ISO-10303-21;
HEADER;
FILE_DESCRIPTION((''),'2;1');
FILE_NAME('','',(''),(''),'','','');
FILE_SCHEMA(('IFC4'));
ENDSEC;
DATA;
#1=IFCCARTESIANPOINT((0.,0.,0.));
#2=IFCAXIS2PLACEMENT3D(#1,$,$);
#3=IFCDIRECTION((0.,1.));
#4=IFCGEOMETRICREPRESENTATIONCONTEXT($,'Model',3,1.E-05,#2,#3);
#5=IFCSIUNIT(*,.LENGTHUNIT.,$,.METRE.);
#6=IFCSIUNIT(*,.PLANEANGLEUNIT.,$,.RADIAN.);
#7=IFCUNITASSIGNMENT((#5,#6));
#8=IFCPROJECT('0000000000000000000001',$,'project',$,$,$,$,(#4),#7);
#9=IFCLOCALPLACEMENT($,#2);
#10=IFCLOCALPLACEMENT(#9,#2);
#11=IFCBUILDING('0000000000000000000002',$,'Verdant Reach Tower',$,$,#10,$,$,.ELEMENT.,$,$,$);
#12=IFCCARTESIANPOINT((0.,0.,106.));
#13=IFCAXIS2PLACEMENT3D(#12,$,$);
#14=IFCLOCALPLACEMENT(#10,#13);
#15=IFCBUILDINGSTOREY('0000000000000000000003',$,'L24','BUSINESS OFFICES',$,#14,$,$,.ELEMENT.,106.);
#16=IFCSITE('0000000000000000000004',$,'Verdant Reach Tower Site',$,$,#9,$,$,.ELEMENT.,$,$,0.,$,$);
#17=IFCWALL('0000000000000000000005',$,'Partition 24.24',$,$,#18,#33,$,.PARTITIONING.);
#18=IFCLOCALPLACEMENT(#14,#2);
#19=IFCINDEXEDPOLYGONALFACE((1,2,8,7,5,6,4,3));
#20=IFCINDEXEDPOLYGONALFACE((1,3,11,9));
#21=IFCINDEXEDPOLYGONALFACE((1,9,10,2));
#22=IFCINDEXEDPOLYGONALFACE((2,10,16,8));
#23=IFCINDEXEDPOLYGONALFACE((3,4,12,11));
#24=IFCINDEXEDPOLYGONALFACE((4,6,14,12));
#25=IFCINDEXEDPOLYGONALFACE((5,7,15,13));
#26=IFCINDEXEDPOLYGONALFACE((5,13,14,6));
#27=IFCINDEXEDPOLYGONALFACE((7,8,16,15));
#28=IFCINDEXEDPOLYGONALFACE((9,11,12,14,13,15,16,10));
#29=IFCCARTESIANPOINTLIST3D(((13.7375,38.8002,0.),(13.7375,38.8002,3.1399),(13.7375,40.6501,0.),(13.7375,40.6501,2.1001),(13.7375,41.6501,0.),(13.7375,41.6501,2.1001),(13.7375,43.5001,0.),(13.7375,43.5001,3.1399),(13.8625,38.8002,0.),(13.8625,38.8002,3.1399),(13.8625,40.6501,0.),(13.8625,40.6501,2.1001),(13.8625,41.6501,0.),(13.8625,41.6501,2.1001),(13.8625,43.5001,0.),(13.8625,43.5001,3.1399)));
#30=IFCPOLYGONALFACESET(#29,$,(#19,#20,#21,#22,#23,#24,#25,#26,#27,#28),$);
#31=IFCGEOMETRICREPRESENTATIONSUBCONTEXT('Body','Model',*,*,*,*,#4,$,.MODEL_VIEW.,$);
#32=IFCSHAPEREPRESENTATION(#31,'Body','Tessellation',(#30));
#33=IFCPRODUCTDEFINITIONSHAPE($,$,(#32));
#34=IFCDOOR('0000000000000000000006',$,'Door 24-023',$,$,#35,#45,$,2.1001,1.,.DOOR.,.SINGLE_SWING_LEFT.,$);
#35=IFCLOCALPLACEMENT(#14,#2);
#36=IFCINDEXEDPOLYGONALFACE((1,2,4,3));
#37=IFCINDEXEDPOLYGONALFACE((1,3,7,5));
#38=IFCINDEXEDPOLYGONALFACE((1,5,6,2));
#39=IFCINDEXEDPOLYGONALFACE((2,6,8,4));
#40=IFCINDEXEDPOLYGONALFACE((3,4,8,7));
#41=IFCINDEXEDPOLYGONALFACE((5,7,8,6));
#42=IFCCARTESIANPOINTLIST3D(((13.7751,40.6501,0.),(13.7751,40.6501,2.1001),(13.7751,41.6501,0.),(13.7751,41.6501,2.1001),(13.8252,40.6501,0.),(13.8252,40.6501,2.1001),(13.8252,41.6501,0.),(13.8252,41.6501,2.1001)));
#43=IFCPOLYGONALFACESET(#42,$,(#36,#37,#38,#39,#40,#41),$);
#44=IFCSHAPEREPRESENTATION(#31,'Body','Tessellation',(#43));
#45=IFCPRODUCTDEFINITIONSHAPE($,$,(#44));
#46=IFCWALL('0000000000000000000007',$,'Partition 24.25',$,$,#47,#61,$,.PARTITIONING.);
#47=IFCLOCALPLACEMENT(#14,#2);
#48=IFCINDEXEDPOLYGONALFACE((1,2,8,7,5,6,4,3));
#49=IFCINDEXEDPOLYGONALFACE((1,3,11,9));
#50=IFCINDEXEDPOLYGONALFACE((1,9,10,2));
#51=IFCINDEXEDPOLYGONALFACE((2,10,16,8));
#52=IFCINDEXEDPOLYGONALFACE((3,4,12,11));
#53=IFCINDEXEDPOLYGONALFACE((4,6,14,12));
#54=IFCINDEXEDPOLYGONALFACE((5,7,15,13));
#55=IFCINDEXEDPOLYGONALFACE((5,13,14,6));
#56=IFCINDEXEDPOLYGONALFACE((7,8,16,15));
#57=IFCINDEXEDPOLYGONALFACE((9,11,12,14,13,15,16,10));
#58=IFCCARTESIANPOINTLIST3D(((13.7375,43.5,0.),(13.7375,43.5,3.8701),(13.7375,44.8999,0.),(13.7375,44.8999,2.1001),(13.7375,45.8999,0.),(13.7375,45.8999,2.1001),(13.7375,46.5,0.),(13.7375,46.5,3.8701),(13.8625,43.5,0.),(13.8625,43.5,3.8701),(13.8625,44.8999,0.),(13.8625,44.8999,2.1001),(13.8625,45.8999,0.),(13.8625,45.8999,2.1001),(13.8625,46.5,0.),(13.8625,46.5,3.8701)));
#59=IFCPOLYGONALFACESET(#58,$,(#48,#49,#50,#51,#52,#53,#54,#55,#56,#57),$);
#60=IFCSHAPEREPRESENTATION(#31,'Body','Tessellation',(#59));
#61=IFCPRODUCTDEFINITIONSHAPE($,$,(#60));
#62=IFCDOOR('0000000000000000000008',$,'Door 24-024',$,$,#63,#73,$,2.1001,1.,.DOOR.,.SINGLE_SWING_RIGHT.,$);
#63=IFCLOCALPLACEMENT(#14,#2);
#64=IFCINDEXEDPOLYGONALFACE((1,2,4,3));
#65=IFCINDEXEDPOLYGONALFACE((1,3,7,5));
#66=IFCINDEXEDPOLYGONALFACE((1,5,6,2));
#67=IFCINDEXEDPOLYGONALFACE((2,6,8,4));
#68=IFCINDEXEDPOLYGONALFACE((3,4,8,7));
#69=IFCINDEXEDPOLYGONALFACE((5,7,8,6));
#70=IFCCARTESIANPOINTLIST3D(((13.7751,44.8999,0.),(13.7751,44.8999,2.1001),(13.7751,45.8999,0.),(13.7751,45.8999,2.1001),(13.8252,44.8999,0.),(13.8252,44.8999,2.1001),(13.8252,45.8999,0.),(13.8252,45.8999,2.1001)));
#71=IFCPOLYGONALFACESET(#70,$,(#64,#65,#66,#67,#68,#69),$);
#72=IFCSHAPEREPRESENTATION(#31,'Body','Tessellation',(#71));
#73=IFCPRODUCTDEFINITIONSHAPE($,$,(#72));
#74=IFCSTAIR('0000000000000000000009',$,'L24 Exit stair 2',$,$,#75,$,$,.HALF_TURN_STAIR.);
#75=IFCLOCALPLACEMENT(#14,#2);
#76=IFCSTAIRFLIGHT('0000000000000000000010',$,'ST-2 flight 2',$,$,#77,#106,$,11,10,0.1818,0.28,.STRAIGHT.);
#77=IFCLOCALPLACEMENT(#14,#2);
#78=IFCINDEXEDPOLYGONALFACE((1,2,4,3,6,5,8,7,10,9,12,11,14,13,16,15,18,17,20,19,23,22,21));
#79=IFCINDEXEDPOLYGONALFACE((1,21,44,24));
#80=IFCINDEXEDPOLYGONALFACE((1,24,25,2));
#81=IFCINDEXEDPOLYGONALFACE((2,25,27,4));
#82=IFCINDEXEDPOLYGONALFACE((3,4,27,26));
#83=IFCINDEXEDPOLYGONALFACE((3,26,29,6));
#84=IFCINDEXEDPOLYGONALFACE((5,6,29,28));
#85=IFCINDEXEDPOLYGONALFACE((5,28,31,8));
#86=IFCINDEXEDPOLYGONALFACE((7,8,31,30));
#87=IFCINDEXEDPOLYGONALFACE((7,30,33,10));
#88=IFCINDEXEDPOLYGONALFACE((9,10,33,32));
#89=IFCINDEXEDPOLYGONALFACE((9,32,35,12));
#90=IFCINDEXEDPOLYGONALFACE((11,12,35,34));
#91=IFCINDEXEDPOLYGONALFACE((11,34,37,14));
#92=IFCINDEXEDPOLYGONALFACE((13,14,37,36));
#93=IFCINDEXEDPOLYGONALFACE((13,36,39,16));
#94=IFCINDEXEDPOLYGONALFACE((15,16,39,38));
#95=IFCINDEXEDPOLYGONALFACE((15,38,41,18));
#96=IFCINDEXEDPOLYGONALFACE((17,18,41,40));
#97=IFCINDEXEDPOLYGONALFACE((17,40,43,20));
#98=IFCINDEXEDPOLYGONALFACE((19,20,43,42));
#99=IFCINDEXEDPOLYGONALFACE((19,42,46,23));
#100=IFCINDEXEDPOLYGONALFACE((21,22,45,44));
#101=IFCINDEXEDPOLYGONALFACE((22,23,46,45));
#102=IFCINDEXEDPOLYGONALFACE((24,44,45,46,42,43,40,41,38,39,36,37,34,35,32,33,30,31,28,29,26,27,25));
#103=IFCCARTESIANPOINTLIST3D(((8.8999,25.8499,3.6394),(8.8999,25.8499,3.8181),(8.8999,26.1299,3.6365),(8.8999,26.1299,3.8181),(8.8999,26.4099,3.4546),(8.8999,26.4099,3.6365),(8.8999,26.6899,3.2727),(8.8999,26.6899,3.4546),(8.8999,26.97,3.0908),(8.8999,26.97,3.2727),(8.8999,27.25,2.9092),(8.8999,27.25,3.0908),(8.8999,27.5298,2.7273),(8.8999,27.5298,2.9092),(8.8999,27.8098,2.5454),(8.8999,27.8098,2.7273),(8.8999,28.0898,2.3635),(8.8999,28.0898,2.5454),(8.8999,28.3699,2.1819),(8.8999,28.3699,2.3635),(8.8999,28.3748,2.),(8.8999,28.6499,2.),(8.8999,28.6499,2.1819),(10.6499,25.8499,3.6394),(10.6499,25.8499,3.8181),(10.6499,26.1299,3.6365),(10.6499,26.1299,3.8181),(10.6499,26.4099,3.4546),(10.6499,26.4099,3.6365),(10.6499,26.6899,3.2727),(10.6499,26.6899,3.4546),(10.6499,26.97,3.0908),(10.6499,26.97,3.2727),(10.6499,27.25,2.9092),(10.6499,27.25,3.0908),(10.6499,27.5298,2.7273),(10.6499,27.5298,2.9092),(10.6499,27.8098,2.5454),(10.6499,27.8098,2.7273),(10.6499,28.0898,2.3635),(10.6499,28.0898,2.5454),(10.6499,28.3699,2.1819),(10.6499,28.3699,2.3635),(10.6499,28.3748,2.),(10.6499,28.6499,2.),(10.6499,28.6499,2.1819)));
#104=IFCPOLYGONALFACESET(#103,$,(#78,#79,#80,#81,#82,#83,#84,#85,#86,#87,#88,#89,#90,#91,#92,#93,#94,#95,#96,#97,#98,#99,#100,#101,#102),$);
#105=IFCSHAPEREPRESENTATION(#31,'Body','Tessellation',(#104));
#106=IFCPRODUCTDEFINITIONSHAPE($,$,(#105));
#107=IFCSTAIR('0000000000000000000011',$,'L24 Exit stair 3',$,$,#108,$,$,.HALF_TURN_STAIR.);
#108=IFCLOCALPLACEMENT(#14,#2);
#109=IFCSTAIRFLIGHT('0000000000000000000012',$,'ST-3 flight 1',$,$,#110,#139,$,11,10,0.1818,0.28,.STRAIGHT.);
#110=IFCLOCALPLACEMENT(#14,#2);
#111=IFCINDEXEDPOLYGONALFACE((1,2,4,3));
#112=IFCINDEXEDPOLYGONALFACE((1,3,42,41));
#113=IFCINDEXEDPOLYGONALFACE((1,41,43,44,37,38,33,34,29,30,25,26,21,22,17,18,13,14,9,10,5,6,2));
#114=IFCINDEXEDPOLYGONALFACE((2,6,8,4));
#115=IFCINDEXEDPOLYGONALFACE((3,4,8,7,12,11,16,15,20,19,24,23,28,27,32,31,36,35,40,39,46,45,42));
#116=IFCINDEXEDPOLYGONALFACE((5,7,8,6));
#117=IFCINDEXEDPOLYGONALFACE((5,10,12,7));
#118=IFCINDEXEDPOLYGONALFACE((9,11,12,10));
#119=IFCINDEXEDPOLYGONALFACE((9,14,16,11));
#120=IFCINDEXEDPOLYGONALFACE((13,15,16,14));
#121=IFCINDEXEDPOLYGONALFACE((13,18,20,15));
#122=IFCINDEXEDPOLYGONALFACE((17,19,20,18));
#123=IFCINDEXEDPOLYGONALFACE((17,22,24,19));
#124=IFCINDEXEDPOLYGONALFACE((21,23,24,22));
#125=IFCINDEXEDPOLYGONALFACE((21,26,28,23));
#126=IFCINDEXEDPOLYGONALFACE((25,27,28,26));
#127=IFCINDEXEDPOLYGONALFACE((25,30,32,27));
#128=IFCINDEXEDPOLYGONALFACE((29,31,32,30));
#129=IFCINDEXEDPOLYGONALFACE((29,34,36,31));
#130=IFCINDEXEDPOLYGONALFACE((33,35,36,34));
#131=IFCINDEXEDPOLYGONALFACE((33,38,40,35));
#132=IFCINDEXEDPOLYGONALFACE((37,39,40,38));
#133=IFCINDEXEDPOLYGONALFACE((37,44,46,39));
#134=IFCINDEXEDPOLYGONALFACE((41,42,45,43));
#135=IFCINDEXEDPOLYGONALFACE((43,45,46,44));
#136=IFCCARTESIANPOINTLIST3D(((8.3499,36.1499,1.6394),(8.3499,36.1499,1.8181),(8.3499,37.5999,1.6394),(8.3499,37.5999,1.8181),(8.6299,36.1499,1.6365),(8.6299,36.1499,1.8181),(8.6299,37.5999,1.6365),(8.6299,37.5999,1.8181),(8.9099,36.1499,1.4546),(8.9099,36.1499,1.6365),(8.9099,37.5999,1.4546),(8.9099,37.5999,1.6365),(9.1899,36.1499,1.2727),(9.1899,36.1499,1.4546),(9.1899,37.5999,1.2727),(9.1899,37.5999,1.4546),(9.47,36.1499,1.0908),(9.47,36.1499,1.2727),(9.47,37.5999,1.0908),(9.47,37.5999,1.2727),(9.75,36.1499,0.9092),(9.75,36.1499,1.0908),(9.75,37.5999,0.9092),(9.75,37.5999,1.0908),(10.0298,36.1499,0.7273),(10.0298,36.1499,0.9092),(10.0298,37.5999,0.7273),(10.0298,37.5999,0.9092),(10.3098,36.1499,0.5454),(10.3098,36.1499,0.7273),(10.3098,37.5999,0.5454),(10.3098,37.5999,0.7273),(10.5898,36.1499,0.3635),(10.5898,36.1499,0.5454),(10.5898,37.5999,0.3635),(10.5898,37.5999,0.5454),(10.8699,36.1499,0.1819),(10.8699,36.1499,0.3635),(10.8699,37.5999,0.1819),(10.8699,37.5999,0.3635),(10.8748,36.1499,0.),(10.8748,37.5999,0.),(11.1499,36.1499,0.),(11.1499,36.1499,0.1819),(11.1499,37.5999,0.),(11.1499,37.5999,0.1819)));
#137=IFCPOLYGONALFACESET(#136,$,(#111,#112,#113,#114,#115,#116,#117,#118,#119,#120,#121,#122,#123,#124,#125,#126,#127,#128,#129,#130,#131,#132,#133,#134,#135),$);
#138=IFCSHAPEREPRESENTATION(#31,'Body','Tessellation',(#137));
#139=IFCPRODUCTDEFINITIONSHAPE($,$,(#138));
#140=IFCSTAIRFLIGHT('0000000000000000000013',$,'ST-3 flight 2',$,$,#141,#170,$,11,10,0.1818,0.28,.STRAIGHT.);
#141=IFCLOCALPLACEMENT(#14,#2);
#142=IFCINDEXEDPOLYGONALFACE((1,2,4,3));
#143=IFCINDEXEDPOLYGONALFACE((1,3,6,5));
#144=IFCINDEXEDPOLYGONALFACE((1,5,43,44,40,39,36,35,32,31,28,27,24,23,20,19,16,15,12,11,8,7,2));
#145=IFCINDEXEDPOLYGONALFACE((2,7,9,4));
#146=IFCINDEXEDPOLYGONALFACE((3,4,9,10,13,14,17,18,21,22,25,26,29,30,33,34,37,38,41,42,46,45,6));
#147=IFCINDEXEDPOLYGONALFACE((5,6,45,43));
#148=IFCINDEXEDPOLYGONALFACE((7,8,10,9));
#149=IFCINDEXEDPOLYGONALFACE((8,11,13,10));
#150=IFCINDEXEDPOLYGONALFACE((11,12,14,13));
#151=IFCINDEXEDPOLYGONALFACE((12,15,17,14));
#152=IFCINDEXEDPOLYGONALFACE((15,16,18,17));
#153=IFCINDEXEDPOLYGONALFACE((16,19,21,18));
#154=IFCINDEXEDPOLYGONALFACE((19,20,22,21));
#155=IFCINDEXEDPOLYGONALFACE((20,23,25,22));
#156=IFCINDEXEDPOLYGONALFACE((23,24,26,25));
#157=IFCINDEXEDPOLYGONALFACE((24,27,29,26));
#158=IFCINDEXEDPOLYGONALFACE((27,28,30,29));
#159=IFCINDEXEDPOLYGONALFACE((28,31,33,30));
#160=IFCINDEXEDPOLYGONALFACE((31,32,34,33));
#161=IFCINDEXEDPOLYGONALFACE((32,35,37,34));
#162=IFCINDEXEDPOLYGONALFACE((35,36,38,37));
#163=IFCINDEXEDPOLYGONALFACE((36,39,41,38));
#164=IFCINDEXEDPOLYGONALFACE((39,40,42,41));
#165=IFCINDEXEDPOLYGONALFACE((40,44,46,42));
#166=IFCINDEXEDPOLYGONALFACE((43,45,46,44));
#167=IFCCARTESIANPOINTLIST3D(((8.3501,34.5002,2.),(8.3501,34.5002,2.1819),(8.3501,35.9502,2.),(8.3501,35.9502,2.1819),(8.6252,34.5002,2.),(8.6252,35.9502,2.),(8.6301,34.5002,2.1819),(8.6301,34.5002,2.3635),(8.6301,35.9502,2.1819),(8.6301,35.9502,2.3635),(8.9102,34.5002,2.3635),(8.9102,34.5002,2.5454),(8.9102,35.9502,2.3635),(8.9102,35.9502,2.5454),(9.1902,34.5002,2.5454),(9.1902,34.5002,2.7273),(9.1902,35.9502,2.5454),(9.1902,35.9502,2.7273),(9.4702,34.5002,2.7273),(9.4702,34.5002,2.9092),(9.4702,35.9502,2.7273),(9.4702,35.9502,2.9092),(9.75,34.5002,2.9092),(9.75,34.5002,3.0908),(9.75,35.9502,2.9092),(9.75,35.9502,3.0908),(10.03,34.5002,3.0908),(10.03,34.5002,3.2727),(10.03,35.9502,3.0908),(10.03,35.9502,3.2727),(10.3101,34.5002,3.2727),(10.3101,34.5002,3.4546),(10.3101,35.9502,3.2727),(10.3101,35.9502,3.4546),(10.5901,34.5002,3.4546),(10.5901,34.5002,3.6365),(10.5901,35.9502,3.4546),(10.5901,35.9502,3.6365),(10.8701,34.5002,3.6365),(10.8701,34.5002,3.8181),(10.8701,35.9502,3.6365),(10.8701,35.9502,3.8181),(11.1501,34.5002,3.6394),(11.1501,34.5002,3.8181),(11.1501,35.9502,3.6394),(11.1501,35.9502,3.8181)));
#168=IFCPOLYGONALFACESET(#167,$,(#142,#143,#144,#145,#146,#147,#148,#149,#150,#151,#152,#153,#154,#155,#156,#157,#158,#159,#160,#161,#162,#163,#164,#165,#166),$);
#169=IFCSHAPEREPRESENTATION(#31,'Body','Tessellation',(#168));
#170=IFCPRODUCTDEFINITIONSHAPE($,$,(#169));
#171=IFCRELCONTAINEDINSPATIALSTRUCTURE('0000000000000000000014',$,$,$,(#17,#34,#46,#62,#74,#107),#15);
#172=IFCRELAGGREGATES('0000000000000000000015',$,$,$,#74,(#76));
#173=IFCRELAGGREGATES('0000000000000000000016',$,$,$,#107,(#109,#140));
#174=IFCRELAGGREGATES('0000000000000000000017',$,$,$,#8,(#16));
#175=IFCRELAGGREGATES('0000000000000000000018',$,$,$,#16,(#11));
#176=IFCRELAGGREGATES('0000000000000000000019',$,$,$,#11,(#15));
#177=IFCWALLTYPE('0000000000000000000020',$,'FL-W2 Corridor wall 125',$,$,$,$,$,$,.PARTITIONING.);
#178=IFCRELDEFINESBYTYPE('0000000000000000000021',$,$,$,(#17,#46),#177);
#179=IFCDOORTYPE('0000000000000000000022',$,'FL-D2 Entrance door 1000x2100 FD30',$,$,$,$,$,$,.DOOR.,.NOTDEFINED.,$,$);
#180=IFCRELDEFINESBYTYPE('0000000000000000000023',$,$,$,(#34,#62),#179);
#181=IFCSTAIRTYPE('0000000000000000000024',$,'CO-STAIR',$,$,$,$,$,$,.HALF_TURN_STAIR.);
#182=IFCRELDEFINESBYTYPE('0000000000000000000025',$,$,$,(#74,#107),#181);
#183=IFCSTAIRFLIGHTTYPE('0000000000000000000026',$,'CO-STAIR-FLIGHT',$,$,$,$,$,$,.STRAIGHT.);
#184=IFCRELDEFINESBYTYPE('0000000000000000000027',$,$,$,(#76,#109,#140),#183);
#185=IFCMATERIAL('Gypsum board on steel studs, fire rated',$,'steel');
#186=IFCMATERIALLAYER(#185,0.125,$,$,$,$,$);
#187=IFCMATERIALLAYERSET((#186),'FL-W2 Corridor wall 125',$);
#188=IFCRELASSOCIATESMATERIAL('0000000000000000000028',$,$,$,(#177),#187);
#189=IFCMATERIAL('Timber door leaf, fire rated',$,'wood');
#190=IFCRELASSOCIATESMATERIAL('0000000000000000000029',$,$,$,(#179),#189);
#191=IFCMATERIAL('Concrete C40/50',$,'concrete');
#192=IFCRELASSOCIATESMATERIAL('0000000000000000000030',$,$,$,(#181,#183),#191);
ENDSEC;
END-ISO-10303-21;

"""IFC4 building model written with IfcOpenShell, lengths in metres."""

from ifc_helpers import new_model, si_unit, direction, frame, frame_2d, origin, place, context, subcontext, project, spatial, polyline, rectangle, outline, extrude, material, layer, layer_set, type_object, element, fill, aggregate, save


model = new_model("IFC4")

# Units and contexts
model_context = context("Model", 3, precision=1e-05, world=origin(), true_north=direction((0.0, 1.0)))
body_context = subcontext(model_context, "Body", "Model", "MODEL_VIEW")
ifc_project = project(units=[si_unit("LENGTHUNIT", "METRE"), si_unit("PLANEANGLEUNIT", "RADIAN")], contexts=[model_context])

# Site, building, storey
site_placement = place(None, origin())
site = spatial("IfcSite", under=ifc_project, at=site_placement, Name="Verdant Reach Tower Site", CompositionType="ELEMENT", RefElevation=0.0)
building_placement = place(site_placement, origin())
building = spatial("IfcBuilding", under=site, at=building_placement, Name="Verdant Reach Tower", CompositionType="ELEMENT")
storey_placement = place(building_placement, frame((0.0, 0.0, 106.0)))
storey = spatial("IfcBuildingStorey", under=building, at=storey_placement, Name="L24", Description="BUSINESS OFFICES", CompositionType="ELEMENT", Elevation=106.0)

# Shared definitions
ifc_material_1 = material(Name="Concrete C40/50", Category="concrete")

# Walls, openings, doors
ifc_material_2 = material(Name="Gypsum board on steel studs, fire rated", Category="steel")
ifc_layer_1 = layer(ifc_material_2, 0.125)
ifc_layer_set_1 = layer_set([ifc_layer_1], Name="FL-W2 Corridor wall 125")
wall_type_1 = type_object("IfcWallType", Name="FL-W2 Corridor wall 125", PredefinedType="PARTITIONING", material=ifc_layer_set_1)
wall_1_placement = place(storey_placement, frame((13.8, 38.8, 0.0), z_axis=(0.0, 0.0, 1.0), x_axis=(0.0, 1.0, 0.0)))
wall_1 = element("IfcWall", 1, at=wall_1_placement, inside=storey, type_object=wall_type_1, Name="Partition 24.24", PredefinedType="PARTITIONING", context=body_context, shape_type="SweptSolid", body=[
    extrude(rectangle(XDim=4.7, YDim=0.125, at=frame_2d((2.3501, 0.0))), origin(), (0.0, 0.0, 1.0), 3.1399),
])
opening_1_placement = place(wall_1_placement, frame((1.8501, 0.0, 0.0)))
opening_1 = element("IfcOpeningElement", 2, at=opening_1_placement, cuts=wall_1, PredefinedType="OPENING", context=body_context, shape_type="SweptSolid", body=[
    extrude(rectangle(XDim=1.0, YDim=2.1001, at=frame_2d((0.5, 1.05))), frame((0.0, 0.0725, 0.0), z_axis=(0.0, -1.0, 0.0), x_axis=(1.0, 0.0, 0.0)), (0.0, 0.0, 1.0), 0.145),
])
ifc_material_3 = material(Name="Timber door leaf, fire rated", Category="wood")
door_type_1 = type_object("IfcDoorType", Name="FL-D2 Entrance door 1000x2100 FD30", OperationType="NOTDEFINED", PredefinedType="DOOR", material=ifc_material_3)
door_1_placement = place(opening_1_placement, origin())
door_1 = element("IfcDoor", 3, at=door_1_placement, inside=storey, type_object=door_type_1, Name="Door 24-023", OperationType="SINGLE_SWING_LEFT", OverallHeight=2.1001, OverallWidth=1.0, PredefinedType="DOOR", context=body_context, shape_type="SweptSolid", body=[
    extrude(rectangle(XDim=1.0, YDim=2.1001, at=frame_2d((0.5, 1.05))), frame((0.0, 0.0249, 0.0), z_axis=(0.0, -1.0, 0.0), x_axis=(1.0, 0.0, 0.0)), (0.0, 0.0, 1.0), 0.05),
])
fill(opening_1, door_1)
wall_2_placement = place(storey_placement, frame((13.8, 43.5, 0.0), z_axis=(0.0, 0.0, 1.0), x_axis=(0.0, 1.0, 0.0)))
wall_2 = element("IfcWall", 4, at=wall_2_placement, inside=storey, type_object=wall_type_1, Name="Partition 24.25", PredefinedType="PARTITIONING", context=body_context, shape_type="SweptSolid", body=[
    extrude(rectangle(XDim=3.0, YDim=0.125, at=frame_2d((1.5, 0.0))), origin(), (0.0, 0.0, 1.0), 3.8701),
])
opening_2_placement = place(wall_2_placement, frame((1.3999, 0.0, 0.0)))
opening_2 = element("IfcOpeningElement", 5, at=opening_2_placement, cuts=wall_2, PredefinedType="OPENING", context=body_context, shape_type="SweptSolid", body=[
    extrude(rectangle(XDim=1.0, YDim=2.1001, at=frame_2d((0.5, 1.05))), frame((0.0, 0.0725, 0.0), z_axis=(0.0, -1.0, 0.0), x_axis=(1.0, 0.0, 0.0)), (0.0, 0.0, 1.0), 0.145),
])
door_2_placement = place(opening_2_placement, origin())
door_2 = element("IfcDoor", 6, at=door_2_placement, inside=storey, type_object=door_type_1, Name="Door 24-024", OperationType="SINGLE_SWING_RIGHT", OverallHeight=2.1001, OverallWidth=1.0, PredefinedType="DOOR", context=body_context, shape_type="SweptSolid", body=[
    extrude(rectangle(XDim=1.0, YDim=2.1001, at=frame_2d((0.5, 1.05))), frame((0.0, 0.0249, 0.0), z_axis=(0.0, -1.0, 0.0), x_axis=(1.0, 0.0, 0.0)), (0.0, 0.0, 1.0), 0.05),
])
fill(opening_2, door_2)

# Stair, stair flight
stair_type = type_object("IfcStairType", Name="CO-STAIR", PredefinedType="HALF_TURN_STAIR", material=ifc_material_1)
stair_1_placement = place(storey_placement, origin())
stair_1 = element("IfcStair", 7, at=stair_1_placement, inside=storey, type_object=stair_type, Name="L24 Exit stair 2", PredefinedType="HALF_TURN_STAIR")
stair_flight_type = type_object("IfcStairFlightType", Name="CO-STAIR-FLIGHT", PredefinedType="STRAIGHT", material=ifc_material_1)
stair_flight_1_placement = place(storey_placement, frame((9.7749, 28.6499, 2.0), z_axis=(0.0, 0.0, 1.0), x_axis=(0.0, -1.0, 0.0)))
stair_flight_1 = element("IfcStairFlight", 8, at=stair_flight_1_placement, type_object=stair_flight_type, Name="ST-2 flight 2", NumberOfRisers=11, NumberOfTreads=10, PredefinedType="STRAIGHT", RiserHeight=0.1818, TreadLength=0.28, context=body_context, shape_type="SweptSolid", body=[
    extrude(outline(polyline([(0.0, 0.0), (0.0, 0.1819), (0.28, 0.1819), (0.28, 0.3635), (0.5601, 0.3635), (0.5601, 0.5454), (0.8401, 0.5454), (0.8401, 0.7273), (1.1201, 0.7273), (1.1201, 0.9092), (1.3999, 0.9092), (1.3999, 1.0908), (1.6799, 1.0908), (1.6799, 1.2727), (1.96, 1.2727), (1.96, 1.4546), (2.24, 1.4546), (2.24, 1.6365), (2.52, 1.6365), (2.52, 1.8181), (2.8, 1.8181), (2.8, 2.0), (2.8, 1.6394), (0.2751, 0.0), (0.0, 0.0)])), frame((0.0, 0.875, 0.0), z_axis=(0.0, -1.0, 0.0), x_axis=(1.0, 0.0, 0.0)), (0.0, 0.0, 1.0), 1.75),
])
aggregate(stair_1, [stair_flight_1])

# Stair, stair flights
stair_2_placement = place(storey_placement, origin())
stair_2 = element("IfcStair", 9, at=stair_2_placement, inside=storey, type_object=stair_type, Name="L24 Exit stair 3", PredefinedType="HALF_TURN_STAIR")
stair_flight_2_placement = place(storey_placement, frame((11.1499, 36.875, 0.0), z_axis=(0.0, 0.0, 1.0), x_axis=(-1.0, 0.0, 0.0)))
stair_flight_2 = element("IfcStairFlight", 10, at=stair_flight_2_placement, type_object=stair_flight_type, Name="ST-3 flight 1", NumberOfRisers=11, NumberOfTreads=10, PredefinedType="STRAIGHT", RiserHeight=0.1818, TreadLength=0.28, context=body_context, shape_type="SweptSolid", body=[
    extrude(outline(polyline([(0.0, 0.0), (0.0, 0.1819), (0.28, 0.1819), (0.28, 0.3635), (0.5601, 0.3635), (0.5601, 0.5454), (0.8401, 0.5454), (0.8401, 0.7273), (1.1201, 0.7273), (1.1201, 0.9092), (1.3999, 0.9092), (1.3999, 1.0908), (1.6799, 1.0908), (1.6799, 1.2727), (1.96, 1.2727), (1.96, 1.4546), (2.24, 1.4546), (2.24, 1.6365), (2.52, 1.6365), (2.52, 1.8181), (2.8, 1.8181), (2.8, 2.0), (2.8, 1.6394), (0.2751, 0.0), (0.0, 0.0)])), frame((0.0, 0.7251, 0.0), z_axis=(0.0, -1.0, 0.0), x_axis=(1.0, 0.0, 0.0)), (0.0, 0.0, 1.0), 1.45),
])
stair_flight_3_placement = place(storey_placement, frame((8.3501, 35.2251, 2.0), z_axis=(0.0, 0.0, 1.0), x_axis=(1.0, 0.0, 0.0)))
stair_flight_3 = element("IfcStairFlight", 11, at=stair_flight_3_placement, type_object=stair_flight_type, Name="ST-3 flight 2", NumberOfRisers=11, NumberOfTreads=10, PredefinedType="STRAIGHT", RiserHeight=0.1818, TreadLength=0.28, context=body_context, shape_type="SweptSolid", body=[
    extrude(outline(polyline([(0.0, 0.0), (0.0, 0.1819), (0.28, 0.1819), (0.28, 0.3635), (0.5601, 0.3635), (0.5601, 0.5454), (0.8401, 0.5454), (0.8401, 0.7273), (1.1201, 0.7273), (1.1201, 0.9092), (1.3999, 0.9092), (1.3999, 1.0908), (1.6799, 1.0908), (1.6799, 1.2727), (1.96, 1.2727), (1.96, 1.4546), (2.24, 1.4546), (2.24, 1.6365), (2.52, 1.6365), (2.52, 1.8181), (2.8, 1.8181), (2.8, 2.0), (2.8, 1.6394), (0.2751, 0.0), (0.0, 0.0)])), frame((0.0, 0.7251, 0.0), z_axis=(0.0, -1.0, 0.0), x_axis=(1.0, 0.0, 0.0)), (0.0, 0.0, 1.0), 1.45),
])
aggregate(stair_2, [stair_flight_2, stair_flight_3])

save(model, "model.ifc")
